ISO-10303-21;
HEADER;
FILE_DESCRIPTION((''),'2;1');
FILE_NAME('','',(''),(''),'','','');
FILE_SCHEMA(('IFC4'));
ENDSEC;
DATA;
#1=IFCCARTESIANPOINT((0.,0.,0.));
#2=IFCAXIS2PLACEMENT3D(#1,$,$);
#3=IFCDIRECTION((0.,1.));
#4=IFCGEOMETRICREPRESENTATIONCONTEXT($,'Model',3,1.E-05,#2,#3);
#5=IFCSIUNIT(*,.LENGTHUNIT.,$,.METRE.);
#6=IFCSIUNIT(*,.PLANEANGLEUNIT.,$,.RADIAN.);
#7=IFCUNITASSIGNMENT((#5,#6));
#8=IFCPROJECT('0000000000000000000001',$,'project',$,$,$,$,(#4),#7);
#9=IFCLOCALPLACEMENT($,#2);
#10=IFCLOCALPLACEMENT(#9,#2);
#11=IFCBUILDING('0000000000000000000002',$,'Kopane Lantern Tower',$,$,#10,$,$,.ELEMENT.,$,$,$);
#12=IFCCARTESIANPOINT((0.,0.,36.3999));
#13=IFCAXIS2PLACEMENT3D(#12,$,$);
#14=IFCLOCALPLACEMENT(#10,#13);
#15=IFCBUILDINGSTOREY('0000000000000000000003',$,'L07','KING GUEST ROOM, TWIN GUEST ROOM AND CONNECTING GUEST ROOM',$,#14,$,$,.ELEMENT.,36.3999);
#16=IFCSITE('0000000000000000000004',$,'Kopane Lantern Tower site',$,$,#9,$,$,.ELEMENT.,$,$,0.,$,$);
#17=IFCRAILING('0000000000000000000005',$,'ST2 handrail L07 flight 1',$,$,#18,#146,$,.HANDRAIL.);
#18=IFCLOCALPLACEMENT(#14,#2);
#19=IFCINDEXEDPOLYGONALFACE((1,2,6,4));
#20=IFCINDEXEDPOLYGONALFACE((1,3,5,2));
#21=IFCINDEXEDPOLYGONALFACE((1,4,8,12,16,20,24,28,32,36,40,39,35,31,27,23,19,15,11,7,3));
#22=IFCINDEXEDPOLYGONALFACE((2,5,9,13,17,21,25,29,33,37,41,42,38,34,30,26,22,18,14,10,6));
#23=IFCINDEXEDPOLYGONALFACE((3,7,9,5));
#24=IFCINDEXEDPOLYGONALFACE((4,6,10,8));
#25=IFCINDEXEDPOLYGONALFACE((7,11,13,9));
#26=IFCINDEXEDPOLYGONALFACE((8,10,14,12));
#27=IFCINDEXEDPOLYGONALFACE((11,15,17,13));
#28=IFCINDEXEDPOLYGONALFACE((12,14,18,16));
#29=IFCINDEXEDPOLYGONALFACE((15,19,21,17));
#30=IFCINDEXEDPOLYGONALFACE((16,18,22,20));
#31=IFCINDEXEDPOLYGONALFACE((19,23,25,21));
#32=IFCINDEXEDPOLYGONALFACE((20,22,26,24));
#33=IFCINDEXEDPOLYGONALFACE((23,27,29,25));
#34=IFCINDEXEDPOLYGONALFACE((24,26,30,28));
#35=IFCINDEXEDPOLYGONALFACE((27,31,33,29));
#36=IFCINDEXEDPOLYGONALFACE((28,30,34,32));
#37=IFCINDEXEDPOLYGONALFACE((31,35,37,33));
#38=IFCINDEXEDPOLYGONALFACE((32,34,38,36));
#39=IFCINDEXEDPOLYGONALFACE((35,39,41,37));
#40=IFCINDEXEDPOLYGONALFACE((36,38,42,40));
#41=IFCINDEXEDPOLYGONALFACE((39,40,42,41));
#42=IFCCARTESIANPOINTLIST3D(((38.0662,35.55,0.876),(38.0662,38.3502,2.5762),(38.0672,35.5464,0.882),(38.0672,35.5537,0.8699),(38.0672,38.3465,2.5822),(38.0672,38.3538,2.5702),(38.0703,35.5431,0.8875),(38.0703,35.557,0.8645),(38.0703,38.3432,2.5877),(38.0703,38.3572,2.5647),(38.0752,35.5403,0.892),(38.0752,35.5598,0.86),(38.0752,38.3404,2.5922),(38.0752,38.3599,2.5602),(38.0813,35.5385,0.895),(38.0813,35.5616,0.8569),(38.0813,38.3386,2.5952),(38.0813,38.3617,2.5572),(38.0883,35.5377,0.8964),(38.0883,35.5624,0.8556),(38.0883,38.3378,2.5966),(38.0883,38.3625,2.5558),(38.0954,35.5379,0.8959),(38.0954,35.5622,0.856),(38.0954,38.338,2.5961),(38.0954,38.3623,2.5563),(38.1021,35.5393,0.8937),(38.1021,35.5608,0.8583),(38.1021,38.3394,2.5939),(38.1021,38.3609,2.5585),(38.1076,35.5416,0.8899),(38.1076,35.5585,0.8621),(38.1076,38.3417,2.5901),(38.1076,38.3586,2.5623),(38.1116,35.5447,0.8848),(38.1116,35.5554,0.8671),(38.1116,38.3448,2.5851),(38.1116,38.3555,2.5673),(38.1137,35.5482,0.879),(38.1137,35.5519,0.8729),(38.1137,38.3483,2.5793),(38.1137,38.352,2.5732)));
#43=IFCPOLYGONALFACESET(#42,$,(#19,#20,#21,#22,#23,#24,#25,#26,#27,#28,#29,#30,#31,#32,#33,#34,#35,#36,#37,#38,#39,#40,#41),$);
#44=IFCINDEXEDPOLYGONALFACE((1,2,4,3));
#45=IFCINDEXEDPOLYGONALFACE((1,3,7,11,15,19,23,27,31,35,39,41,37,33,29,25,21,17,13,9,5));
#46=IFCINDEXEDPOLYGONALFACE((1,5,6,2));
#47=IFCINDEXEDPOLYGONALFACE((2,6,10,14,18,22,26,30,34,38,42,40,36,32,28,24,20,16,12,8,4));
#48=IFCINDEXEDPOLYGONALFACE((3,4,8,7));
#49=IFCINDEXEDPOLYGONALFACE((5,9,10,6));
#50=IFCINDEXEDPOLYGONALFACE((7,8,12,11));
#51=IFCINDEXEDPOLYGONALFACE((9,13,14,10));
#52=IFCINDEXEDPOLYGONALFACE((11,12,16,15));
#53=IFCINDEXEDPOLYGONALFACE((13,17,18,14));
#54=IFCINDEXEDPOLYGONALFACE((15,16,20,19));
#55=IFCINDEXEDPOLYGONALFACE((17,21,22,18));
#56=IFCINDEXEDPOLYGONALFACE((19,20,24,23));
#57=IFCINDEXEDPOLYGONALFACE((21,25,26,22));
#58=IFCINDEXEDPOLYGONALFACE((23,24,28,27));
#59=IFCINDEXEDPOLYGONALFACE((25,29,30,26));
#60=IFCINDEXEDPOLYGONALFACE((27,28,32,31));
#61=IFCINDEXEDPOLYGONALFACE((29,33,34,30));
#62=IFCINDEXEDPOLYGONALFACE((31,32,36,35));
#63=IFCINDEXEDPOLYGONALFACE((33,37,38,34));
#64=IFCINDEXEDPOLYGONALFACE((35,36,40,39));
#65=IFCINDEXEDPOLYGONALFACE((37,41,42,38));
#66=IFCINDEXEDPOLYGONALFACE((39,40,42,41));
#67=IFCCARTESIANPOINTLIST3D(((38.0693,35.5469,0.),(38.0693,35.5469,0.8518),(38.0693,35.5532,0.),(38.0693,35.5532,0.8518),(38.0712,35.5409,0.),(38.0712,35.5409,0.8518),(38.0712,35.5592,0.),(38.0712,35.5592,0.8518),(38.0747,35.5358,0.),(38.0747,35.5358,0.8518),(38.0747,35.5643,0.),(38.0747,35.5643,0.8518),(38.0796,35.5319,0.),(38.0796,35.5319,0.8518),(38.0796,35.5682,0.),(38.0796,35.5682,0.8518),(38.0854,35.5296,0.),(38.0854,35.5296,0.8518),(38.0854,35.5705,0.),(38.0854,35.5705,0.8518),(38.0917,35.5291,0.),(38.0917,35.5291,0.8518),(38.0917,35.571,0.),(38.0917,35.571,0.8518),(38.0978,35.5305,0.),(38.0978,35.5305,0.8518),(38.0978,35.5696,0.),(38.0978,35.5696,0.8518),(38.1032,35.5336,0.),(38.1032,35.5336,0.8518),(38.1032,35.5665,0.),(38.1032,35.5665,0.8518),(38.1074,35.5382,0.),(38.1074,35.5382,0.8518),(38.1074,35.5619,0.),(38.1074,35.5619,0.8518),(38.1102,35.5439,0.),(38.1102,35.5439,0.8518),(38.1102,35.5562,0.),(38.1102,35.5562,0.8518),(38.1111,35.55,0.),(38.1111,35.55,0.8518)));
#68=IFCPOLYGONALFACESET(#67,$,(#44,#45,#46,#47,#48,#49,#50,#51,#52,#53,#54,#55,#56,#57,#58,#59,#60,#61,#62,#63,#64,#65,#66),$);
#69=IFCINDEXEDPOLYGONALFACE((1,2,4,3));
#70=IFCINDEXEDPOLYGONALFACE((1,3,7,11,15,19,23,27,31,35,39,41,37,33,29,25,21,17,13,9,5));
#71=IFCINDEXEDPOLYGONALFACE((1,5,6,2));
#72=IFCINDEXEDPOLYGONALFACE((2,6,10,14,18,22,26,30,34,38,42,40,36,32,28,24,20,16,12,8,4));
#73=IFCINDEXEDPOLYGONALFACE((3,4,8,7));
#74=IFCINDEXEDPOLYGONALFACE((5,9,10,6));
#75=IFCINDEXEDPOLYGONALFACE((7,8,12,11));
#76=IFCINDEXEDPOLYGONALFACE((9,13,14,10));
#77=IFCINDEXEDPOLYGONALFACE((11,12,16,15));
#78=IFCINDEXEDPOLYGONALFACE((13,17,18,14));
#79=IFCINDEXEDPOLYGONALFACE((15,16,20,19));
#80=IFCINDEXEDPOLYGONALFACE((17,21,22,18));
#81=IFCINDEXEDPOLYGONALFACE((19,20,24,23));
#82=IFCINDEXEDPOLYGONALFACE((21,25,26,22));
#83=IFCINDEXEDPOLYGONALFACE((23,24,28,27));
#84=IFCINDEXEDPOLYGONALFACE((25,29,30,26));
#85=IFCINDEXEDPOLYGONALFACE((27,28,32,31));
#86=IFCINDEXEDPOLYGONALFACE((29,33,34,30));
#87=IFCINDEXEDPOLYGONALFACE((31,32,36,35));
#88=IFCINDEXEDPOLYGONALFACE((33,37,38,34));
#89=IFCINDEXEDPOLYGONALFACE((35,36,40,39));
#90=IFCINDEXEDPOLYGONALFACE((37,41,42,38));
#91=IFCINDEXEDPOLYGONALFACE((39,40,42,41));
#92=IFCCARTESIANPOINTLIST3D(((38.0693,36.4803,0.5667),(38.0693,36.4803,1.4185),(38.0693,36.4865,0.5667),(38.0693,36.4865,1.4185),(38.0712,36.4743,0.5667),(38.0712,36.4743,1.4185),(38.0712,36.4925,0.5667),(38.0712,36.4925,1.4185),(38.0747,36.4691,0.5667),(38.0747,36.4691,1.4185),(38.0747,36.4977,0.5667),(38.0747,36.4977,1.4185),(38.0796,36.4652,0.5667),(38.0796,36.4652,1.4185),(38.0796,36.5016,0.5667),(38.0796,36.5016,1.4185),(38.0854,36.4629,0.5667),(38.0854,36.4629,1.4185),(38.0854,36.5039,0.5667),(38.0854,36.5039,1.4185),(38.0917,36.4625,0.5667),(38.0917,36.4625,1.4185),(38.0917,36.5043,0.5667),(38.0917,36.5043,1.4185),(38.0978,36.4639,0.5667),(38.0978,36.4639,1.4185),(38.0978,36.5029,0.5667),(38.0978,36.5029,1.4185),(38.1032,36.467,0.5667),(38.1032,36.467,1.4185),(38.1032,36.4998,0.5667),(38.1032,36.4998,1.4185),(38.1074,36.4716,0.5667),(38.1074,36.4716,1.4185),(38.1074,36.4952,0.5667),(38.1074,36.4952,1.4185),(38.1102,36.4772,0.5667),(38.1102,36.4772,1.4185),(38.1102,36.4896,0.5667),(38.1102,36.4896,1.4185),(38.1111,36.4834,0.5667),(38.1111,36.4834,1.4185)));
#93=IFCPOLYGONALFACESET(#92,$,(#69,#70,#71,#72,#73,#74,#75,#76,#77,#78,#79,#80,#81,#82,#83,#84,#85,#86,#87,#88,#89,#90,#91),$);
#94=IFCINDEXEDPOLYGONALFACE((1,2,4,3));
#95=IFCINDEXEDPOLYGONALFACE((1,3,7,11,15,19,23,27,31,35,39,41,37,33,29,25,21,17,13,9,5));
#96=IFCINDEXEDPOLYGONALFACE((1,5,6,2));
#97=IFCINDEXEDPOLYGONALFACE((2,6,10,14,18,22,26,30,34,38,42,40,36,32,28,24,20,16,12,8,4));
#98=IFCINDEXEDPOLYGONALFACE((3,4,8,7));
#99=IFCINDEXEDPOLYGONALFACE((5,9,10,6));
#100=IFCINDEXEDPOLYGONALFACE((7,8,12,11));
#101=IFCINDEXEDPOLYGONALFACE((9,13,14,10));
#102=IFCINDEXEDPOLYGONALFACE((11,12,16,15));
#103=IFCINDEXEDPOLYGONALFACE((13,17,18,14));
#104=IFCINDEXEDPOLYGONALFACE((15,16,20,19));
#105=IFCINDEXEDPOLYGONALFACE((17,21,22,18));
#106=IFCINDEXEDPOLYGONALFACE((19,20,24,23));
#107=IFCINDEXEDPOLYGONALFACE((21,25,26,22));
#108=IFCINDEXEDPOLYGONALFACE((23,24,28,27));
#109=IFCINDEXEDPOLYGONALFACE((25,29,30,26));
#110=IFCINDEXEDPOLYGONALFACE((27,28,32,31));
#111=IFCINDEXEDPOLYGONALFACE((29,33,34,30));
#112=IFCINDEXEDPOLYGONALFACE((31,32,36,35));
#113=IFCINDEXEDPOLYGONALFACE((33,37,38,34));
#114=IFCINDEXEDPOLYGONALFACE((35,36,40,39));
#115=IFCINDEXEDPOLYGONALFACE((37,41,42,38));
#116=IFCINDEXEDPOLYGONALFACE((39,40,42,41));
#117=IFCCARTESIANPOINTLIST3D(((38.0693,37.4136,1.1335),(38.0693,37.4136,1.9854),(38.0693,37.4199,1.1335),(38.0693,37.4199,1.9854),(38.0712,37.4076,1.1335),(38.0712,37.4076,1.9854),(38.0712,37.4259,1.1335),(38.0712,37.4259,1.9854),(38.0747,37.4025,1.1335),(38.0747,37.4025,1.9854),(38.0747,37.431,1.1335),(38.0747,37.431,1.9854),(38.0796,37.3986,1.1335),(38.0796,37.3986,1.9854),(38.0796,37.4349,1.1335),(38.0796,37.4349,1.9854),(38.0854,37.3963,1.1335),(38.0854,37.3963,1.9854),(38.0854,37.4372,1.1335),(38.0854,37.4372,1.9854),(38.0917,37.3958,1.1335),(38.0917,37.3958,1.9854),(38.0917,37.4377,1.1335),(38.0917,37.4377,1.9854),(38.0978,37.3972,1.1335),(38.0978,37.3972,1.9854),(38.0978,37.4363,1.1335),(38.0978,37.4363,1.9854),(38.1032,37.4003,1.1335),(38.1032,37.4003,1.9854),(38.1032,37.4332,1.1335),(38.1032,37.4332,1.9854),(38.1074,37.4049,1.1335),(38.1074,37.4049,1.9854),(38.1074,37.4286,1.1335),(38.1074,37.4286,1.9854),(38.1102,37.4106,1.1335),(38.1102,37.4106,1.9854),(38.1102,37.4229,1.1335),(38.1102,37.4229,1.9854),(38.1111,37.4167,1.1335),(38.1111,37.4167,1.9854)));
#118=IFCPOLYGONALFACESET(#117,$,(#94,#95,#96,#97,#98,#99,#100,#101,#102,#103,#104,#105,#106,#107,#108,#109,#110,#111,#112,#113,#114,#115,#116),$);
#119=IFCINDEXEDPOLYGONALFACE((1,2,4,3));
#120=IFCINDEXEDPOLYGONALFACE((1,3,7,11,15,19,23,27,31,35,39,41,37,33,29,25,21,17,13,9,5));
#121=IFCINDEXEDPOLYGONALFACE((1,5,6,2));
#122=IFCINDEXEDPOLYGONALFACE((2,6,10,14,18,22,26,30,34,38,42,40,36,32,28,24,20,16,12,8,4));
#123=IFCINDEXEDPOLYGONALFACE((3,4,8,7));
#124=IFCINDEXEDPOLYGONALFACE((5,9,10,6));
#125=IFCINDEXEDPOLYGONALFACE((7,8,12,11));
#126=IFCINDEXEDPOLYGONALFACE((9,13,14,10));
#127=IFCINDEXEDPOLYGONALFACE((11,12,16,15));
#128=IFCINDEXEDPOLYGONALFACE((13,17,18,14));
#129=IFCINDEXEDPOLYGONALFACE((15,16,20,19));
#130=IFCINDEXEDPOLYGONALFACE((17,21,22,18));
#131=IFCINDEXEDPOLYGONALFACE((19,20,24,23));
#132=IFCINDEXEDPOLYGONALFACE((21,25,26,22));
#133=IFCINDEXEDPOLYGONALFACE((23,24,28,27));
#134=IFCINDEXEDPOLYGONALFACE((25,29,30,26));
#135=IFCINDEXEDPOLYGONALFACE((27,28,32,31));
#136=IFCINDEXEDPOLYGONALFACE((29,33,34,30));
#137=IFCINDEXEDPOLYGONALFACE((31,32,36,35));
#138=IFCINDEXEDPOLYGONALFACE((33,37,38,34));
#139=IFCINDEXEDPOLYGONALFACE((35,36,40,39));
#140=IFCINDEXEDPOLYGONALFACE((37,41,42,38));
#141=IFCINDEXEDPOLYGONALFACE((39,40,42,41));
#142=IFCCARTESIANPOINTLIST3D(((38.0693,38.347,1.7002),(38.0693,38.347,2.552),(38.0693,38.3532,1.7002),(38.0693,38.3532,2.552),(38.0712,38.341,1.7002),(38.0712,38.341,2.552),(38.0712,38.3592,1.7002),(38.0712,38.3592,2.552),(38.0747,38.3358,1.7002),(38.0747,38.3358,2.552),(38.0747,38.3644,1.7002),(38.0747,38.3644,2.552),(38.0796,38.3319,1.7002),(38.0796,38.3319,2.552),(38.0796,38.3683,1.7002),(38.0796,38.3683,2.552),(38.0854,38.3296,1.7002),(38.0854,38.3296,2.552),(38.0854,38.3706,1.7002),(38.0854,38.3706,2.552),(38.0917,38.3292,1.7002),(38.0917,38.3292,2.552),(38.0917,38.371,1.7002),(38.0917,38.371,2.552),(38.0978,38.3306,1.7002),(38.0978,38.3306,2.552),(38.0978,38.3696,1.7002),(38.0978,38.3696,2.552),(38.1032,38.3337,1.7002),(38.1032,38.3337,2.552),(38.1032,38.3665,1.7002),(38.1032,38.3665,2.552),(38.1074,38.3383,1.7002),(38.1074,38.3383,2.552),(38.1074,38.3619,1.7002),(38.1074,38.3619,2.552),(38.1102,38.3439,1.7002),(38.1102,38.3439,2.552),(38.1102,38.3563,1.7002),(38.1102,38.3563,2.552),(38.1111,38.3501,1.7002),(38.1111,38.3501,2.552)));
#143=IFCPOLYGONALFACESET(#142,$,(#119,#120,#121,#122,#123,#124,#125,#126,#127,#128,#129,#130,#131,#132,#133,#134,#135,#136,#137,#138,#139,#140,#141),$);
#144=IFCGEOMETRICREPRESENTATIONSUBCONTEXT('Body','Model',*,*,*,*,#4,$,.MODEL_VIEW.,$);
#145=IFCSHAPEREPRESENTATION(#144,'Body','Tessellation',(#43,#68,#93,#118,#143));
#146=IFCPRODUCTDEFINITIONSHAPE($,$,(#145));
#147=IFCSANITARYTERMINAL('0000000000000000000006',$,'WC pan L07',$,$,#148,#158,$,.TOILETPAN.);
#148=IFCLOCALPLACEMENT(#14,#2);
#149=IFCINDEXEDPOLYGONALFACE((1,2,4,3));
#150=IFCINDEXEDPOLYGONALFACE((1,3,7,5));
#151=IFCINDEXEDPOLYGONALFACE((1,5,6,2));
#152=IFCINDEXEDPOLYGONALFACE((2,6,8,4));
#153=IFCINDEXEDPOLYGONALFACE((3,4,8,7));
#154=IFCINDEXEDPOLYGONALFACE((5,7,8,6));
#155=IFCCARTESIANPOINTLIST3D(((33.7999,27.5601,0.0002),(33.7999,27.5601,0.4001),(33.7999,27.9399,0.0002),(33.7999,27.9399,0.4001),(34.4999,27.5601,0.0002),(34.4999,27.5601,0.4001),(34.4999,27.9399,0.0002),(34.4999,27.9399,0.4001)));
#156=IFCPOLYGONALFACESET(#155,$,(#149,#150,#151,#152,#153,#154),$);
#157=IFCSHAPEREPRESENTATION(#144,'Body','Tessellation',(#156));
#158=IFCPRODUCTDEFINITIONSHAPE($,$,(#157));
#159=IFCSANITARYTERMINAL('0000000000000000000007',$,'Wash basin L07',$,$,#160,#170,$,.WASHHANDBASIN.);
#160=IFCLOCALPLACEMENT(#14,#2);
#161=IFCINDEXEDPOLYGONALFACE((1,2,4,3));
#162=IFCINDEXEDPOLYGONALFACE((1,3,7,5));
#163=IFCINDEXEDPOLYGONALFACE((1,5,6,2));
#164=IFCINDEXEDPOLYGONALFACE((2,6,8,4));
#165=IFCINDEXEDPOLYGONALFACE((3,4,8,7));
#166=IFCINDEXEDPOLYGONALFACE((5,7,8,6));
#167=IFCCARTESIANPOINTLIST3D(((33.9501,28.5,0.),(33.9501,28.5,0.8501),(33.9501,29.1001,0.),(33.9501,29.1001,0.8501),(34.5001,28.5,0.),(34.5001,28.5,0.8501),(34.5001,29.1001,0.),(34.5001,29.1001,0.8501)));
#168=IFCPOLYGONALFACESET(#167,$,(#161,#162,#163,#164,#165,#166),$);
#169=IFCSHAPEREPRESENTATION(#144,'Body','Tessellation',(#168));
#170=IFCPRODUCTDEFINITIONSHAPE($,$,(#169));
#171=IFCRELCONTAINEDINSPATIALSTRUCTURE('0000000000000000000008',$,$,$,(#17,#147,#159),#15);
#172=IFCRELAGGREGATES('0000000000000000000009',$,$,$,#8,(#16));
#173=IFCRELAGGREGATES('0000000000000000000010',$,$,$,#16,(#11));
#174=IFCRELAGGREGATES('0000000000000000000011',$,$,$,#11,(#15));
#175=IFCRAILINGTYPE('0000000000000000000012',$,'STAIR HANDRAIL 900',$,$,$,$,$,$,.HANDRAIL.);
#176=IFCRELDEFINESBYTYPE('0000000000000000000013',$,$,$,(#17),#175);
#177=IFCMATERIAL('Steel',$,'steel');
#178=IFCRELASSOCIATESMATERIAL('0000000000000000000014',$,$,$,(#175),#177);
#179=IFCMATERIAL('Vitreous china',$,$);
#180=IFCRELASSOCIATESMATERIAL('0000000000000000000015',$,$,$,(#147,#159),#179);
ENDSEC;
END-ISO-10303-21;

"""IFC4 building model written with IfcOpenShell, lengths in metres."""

from ifc_helpers import new_model, si_unit, direction, frame, origin, origin_2d, place, context, subcontext, project, spatial, rectangle, circle, extrude, material, type_object, element, save


model = new_model("IFC4")

# Units and contexts
model_context = context("Model", 3, precision=1e-05, world=origin(), true_north=direction((0.0, 1.0)))
body_context = subcontext(model_context, "Body", "Model", "MODEL_VIEW")
ifc_project = project(units=[si_unit("LENGTHUNIT", "METRE"), si_unit("PLANEANGLEUNIT", "RADIAN")], contexts=[model_context])

# Site, building, storey
site_placement = place(None, origin())
site = spatial("IfcSite", under=ifc_project, at=site_placement, Name="Kopane Lantern Tower site", CompositionType="ELEMENT", RefElevation=0.0)
building_placement = place(site_placement, origin())
building = spatial("IfcBuilding", under=site, at=building_placement, Name="Kopane Lantern Tower", CompositionType="ELEMENT")
storey_placement = place(building_placement, frame((0.0, 0.0, 36.3999)))
storey = spatial("IfcBuildingStorey", under=building, at=storey_placement, Name="L07", Description="KING GUEST ROOM, TWIN GUEST ROOM AND CONNECTING GUEST ROOM", CompositionType="ELEMENT", Elevation=36.3999)

# Railing
ifc_material_1 = material(Name="Steel", Category="steel")
railing_type_1 = type_object("IfcRailingType", Name="STAIR HANDRAIL 900", PredefinedType="HANDRAIL", material=ifc_material_1)
for number, where, name in (
    (1, (38.0901, 35.55, 0.0), "ST2 handrail L07 flight 1"),
):
    element("IfcRailing", number, at=place(storey_placement, frame(where)), inside=storey, type_object=railing_type_1, Name=name, PredefinedType="HANDRAIL", context=body_context, shape_type="SweptSolid", body=[
        extrude(circle(Radius=0.0239, at=origin_2d()), frame((0.0, 0.0, 0.876), z_axis=(0.0, 0.854765, 0.519015), x_axis=(-1.0, 0.0, 0.0)), (0.0, 0.0, 1.0), 3.2759),
        extrude(circle(Radius=0.021, at=origin_2d()), origin(), (0.0, 0.0, 1.0), 0.8518),
        extrude(circle(Radius=0.021, at=origin_2d()), frame((0.0, 0.9333, 0.5667)), (0.0, 0.0, 1.0), 0.8518),
        extrude(circle(Radius=0.021, at=origin_2d()), frame((0.0, 1.8667, 1.1335)), (0.0, 0.0, 1.0), 0.8518),
        extrude(circle(Radius=0.021, at=origin_2d()), frame((0.0, 2.8, 1.7002)), (0.0, 0.0, 1.0), 0.8518),
    ])

# Sanitary terminals
ifc_material_2 = material(Name="Vitreous china")
sanitary_terminal_1_placement = place(storey_placement, frame((34.1499, 27.75, 0.0002), z_axis=(0.0, 0.0, 1.0), x_axis=(1.0, 0.0, 0.0)))
element("IfcSanitaryTerminal", 2, at=sanitary_terminal_1_placement, inside=storey, material=ifc_material_2, Name="WC pan L07", PredefinedType="TOILETPAN", context=body_context, shape_type="SweptSolid", body=[
    extrude(rectangle(XDim=0.7, YDim=0.3799, at=origin_2d()), origin(), (0.0, 0.0, 1.0), 0.3999),
])
sanitary_terminal_2_placement = place(storey_placement, frame((34.2251, 28.8, 0.0), z_axis=(0.0, 0.0, 1.0), x_axis=(1.0, 0.0, 0.0)))
element("IfcSanitaryTerminal", 3, at=sanitary_terminal_2_placement, inside=storey, material=ifc_material_2, Name="Wash basin L07", PredefinedType="WASHHANDBASIN", context=body_context, shape_type="SweptSolid", body=[
    extrude(rectangle(XDim=0.55, YDim=0.6001, at=origin_2d()), origin(), (0.0, 0.0, 1.0), 0.8501),
])

save(model, "model.ifc")
